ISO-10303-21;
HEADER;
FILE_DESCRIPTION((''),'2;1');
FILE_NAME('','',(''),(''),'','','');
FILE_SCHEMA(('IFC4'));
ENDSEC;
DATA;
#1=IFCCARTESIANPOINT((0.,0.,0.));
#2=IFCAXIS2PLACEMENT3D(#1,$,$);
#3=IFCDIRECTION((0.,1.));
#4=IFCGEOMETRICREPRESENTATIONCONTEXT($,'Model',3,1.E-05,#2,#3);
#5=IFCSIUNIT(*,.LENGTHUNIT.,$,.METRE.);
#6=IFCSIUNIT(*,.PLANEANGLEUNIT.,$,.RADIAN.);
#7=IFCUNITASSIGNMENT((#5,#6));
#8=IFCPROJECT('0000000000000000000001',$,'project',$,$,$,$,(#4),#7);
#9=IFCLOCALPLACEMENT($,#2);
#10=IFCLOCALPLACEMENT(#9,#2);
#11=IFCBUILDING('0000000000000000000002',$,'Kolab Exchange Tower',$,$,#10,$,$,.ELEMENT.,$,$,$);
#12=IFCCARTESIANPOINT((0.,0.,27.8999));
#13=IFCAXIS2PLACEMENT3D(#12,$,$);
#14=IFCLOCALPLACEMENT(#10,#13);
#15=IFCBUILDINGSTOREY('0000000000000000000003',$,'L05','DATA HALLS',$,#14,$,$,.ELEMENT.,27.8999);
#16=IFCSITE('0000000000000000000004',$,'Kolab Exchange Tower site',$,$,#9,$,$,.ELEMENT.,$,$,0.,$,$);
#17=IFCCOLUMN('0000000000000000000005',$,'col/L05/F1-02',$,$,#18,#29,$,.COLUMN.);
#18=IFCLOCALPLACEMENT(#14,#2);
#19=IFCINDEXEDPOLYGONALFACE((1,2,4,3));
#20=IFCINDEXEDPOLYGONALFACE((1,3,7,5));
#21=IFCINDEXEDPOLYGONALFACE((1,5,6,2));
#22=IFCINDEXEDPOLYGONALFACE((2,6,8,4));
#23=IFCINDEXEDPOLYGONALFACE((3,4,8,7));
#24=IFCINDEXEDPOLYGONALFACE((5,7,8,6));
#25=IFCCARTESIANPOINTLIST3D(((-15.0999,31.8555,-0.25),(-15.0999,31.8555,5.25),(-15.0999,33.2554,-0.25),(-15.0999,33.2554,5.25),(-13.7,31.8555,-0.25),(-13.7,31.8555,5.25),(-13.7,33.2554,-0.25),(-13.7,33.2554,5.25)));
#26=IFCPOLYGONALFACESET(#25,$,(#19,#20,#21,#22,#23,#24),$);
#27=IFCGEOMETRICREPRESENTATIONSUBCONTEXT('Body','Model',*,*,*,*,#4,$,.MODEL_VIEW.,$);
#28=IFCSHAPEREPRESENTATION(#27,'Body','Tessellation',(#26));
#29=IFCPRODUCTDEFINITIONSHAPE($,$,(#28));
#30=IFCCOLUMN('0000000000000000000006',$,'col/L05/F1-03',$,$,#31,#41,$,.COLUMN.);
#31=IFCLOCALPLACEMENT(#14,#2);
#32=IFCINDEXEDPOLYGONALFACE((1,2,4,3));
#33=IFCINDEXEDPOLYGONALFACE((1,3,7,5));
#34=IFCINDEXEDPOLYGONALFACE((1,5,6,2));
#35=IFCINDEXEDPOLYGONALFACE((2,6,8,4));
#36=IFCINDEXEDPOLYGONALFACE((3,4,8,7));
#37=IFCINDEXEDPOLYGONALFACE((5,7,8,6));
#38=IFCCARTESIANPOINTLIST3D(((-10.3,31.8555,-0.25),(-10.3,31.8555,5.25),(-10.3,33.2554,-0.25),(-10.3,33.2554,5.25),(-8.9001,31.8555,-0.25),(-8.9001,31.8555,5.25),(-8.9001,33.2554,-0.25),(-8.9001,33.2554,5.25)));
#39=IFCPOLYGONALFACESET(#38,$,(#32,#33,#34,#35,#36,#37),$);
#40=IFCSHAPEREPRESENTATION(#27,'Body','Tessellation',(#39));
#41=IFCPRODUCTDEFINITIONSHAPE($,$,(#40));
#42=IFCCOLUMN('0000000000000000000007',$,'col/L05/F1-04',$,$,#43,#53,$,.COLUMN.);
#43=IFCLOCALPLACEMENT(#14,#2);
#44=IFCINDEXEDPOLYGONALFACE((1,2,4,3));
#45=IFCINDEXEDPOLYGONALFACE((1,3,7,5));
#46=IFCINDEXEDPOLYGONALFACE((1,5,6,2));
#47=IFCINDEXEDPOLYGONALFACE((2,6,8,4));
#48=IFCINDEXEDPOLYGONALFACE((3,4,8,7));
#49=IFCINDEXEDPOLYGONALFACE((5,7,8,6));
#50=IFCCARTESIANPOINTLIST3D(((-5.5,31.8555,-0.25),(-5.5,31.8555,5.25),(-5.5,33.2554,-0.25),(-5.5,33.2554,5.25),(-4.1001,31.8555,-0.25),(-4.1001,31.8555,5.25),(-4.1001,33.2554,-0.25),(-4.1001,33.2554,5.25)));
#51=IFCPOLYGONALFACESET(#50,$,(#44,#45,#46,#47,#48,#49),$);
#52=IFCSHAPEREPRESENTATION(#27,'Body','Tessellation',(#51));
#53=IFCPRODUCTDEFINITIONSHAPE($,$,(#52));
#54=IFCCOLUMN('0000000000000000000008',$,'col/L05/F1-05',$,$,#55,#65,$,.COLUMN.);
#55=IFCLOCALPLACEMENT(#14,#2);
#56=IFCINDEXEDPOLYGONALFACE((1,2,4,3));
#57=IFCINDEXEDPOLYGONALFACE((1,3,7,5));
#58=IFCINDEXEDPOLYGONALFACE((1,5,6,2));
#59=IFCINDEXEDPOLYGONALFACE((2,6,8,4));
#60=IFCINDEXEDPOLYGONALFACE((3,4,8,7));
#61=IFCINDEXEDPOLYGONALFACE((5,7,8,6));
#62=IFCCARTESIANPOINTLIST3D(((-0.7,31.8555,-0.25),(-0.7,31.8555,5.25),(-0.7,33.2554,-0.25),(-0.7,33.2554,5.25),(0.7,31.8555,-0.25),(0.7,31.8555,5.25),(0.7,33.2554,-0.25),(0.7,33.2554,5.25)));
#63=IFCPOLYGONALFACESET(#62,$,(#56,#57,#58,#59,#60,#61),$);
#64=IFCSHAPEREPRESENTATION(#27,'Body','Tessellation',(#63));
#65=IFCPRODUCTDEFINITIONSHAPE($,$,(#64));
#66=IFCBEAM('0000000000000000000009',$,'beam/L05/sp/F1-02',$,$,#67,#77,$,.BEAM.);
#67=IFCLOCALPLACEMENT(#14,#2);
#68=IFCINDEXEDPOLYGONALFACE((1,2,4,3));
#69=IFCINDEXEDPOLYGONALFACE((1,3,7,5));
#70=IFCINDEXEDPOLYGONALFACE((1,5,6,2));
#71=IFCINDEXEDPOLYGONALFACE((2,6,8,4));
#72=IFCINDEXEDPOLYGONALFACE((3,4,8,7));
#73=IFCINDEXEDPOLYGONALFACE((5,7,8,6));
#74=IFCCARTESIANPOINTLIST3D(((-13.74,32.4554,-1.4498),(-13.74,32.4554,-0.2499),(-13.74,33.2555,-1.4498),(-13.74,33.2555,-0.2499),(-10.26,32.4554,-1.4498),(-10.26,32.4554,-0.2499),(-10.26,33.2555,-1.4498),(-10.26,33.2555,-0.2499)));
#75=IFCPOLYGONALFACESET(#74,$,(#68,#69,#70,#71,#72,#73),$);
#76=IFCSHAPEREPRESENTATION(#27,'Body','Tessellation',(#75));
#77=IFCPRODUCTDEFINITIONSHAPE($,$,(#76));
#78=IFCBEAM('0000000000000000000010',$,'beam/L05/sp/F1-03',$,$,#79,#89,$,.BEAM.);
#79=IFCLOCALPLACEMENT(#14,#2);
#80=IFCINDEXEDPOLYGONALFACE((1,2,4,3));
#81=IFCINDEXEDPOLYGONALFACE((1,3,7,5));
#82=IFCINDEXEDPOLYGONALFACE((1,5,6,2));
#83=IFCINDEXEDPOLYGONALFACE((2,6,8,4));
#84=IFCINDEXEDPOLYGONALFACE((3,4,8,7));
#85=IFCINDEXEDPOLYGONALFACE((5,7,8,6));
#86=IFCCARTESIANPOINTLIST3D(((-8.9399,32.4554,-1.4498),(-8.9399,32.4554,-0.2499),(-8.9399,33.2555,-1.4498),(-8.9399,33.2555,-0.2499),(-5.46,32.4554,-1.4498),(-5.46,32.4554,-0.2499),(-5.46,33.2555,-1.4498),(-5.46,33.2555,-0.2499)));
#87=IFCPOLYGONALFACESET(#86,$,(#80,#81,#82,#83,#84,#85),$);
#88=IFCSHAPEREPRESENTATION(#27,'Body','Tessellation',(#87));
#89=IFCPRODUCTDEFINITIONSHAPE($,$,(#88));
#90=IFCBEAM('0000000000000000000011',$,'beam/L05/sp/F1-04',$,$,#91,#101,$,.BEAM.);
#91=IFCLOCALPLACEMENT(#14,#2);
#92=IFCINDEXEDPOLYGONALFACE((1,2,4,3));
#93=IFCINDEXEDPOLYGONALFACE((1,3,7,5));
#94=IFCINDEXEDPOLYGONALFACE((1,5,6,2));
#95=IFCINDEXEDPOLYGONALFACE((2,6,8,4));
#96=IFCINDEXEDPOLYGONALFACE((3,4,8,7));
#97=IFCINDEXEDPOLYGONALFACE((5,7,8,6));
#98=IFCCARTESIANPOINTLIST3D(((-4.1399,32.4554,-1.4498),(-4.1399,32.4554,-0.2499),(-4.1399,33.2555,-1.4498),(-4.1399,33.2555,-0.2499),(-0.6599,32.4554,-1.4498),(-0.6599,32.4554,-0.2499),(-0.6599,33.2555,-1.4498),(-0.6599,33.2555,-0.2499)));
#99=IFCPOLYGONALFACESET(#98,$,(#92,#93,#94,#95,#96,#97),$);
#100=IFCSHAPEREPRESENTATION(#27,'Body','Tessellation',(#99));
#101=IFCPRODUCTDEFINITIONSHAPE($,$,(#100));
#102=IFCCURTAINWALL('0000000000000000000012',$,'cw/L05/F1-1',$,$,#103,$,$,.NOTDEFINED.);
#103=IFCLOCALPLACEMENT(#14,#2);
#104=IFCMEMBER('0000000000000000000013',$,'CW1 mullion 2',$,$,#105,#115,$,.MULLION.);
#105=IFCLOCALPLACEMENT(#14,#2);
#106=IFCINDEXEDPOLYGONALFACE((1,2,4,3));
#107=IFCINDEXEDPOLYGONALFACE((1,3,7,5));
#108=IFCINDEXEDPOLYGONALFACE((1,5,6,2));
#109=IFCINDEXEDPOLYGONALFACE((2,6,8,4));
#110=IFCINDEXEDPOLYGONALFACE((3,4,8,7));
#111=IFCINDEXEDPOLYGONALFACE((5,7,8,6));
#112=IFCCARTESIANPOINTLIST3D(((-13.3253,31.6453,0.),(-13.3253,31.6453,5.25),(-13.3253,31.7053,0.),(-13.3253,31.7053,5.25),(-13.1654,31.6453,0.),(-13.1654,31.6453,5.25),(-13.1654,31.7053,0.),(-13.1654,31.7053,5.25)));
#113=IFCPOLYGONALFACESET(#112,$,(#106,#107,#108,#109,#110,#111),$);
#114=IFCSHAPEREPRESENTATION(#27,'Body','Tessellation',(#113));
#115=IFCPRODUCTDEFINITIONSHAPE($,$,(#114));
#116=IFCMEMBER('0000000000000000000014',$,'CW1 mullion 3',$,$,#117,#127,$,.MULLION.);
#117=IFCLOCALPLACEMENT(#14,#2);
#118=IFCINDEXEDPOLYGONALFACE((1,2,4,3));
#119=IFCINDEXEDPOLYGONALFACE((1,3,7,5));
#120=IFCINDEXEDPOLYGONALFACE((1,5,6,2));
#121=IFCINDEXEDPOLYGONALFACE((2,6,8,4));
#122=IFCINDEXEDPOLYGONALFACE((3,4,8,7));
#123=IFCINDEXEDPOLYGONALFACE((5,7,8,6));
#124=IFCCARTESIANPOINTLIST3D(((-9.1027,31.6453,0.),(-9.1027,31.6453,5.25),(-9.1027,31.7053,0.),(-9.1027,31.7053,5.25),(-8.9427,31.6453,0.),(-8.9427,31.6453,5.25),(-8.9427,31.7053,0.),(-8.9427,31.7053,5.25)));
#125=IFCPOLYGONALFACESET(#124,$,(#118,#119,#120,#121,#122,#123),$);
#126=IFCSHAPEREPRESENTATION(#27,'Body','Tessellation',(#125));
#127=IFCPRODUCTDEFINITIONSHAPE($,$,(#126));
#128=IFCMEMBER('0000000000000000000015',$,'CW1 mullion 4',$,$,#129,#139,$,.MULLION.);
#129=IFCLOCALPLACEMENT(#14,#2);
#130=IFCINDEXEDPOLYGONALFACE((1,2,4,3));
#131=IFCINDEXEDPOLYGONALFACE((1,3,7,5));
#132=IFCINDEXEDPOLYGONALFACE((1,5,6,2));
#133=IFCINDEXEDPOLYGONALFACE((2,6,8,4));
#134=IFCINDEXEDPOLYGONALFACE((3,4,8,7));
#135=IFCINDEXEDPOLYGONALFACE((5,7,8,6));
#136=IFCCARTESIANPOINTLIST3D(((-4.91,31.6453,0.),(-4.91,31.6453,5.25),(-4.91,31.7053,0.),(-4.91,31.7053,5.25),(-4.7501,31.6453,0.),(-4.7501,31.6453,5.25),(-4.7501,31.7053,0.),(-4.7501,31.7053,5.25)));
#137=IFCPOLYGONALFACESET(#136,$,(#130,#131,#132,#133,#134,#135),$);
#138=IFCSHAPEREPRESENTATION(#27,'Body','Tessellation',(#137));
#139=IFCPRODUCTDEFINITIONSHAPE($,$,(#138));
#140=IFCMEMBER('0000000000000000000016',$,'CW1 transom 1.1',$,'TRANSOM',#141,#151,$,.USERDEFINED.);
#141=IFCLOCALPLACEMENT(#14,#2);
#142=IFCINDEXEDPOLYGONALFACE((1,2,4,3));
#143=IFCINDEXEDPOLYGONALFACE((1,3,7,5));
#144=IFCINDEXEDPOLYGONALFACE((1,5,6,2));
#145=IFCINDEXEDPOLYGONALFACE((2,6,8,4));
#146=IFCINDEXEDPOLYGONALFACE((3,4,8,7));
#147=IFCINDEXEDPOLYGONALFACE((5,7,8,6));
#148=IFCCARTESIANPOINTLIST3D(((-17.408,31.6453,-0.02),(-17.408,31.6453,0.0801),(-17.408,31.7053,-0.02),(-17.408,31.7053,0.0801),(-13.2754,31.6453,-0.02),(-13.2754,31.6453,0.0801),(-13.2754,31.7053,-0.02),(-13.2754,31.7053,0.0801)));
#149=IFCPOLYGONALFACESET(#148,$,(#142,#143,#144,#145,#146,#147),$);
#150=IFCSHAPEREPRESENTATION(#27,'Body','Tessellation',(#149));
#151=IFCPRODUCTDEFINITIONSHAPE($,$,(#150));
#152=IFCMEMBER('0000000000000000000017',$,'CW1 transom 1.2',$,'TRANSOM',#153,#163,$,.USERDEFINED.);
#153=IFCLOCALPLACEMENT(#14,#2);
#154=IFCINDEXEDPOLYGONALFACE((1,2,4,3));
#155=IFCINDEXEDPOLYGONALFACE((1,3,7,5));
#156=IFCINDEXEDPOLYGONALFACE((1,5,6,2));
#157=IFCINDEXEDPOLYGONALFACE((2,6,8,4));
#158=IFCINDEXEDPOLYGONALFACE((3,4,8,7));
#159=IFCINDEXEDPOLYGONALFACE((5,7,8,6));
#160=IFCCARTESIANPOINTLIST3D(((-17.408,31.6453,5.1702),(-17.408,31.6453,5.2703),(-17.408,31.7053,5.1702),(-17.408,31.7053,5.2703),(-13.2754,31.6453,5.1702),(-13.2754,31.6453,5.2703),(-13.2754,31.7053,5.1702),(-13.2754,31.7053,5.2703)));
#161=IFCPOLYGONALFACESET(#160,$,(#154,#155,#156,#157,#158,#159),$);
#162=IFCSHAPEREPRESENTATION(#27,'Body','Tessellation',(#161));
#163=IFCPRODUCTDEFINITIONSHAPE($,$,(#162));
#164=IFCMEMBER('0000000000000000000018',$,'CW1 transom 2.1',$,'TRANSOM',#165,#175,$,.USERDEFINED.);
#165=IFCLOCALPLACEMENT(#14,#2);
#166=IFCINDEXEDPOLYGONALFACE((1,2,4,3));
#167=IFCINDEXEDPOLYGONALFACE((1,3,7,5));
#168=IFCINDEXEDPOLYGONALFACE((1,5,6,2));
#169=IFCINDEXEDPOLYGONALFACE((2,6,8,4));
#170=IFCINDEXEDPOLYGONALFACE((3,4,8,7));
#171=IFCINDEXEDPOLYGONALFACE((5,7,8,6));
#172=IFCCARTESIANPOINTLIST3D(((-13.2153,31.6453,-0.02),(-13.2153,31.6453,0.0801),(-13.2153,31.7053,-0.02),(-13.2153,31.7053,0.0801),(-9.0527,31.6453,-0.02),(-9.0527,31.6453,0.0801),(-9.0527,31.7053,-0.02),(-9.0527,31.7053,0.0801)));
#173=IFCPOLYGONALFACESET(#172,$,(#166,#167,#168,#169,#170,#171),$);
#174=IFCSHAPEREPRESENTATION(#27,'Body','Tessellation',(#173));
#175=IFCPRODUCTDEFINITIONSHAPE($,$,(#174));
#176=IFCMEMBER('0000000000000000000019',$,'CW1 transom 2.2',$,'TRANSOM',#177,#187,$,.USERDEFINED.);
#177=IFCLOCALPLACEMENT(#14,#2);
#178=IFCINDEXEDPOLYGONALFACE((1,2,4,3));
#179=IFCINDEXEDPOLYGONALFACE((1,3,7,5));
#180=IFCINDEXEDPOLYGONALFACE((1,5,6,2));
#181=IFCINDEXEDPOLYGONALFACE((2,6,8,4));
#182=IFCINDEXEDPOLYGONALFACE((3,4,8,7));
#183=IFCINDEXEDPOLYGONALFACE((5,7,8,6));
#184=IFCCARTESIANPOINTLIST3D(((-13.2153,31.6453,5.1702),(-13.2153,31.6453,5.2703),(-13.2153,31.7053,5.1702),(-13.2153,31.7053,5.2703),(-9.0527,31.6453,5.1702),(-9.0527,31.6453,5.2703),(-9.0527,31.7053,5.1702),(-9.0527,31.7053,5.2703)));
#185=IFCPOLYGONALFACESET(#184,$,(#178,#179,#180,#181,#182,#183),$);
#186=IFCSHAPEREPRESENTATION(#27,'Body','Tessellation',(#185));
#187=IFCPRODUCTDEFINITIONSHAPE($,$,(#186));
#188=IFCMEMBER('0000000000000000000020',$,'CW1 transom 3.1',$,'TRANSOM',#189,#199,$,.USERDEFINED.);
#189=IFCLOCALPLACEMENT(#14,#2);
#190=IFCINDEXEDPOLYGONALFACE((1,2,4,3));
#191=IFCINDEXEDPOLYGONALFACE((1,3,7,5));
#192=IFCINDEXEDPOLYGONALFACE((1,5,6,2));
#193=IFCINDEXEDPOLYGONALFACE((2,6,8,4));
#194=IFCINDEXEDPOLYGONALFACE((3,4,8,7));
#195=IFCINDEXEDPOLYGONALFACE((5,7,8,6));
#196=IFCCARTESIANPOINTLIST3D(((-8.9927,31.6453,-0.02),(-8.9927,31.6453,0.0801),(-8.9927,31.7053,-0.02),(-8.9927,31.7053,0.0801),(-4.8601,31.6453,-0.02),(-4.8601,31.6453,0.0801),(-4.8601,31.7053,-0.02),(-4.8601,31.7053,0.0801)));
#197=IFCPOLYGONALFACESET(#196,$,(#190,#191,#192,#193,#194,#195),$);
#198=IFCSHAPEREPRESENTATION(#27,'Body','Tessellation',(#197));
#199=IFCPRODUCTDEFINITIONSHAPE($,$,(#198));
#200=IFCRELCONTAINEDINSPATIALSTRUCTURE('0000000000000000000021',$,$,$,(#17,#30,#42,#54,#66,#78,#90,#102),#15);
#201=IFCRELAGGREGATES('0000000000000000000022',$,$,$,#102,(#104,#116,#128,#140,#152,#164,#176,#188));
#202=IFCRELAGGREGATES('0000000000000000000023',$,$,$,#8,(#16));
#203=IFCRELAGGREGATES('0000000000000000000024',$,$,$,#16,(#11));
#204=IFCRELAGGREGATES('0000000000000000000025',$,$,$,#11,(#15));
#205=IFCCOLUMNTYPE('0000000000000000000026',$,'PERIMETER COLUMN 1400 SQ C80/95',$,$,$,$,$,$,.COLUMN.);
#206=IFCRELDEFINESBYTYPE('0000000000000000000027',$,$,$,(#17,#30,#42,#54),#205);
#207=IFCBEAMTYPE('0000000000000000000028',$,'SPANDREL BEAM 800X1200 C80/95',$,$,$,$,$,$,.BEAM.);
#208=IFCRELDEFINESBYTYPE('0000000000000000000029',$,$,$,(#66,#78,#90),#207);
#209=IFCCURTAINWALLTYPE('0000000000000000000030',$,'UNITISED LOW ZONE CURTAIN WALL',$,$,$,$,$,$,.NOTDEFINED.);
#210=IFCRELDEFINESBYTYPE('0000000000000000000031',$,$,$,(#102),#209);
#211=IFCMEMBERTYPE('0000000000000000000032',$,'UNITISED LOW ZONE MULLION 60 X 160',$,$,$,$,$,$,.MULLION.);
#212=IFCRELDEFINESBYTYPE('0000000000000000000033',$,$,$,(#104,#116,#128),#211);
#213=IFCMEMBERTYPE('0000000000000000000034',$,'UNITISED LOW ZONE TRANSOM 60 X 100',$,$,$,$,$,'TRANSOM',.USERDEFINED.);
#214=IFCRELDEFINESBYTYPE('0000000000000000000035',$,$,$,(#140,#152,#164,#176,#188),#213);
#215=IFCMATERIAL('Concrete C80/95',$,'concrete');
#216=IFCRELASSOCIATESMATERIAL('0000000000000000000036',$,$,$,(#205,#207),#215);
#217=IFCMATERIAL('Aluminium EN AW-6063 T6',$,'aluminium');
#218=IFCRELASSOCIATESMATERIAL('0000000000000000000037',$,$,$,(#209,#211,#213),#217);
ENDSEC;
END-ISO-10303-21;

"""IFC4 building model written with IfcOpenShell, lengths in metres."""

from ifc_helpers import new_model, si_unit, direction, frame, origin, origin_2d, place, context, subcontext, project, spatial, rectangle, extrude, material, material_profile, profile_set, type_object, element, aggregate, save


model = new_model("IFC4")

# Units and contexts
model_context = context("Model", 3, precision=1e-05, world=origin(), true_north=direction((0.0, 1.0)))
body_context = subcontext(model_context, "Body", "Model", "MODEL_VIEW")
ifc_project = project(units=[si_unit("LENGTHUNIT", "METRE"), si_unit("PLANEANGLEUNIT", "RADIAN")], contexts=[model_context])

# Site, building, storey
site_placement = place(None, origin())
site = spatial("IfcSite", under=ifc_project, at=site_placement, Name="Kolab Exchange Tower site", CompositionType="ELEMENT", RefElevation=0.0)
building_placement = place(site_placement, origin())
building = spatial("IfcBuilding", under=site, at=building_placement, Name="Kolab Exchange Tower", CompositionType="ELEMENT")
storey_placement = place(building_placement, frame((0.0, 0.0, 27.8999)))
storey = spatial("IfcBuildingStorey", under=building, at=storey_placement, Name="L05", Description="DATA HALLS", CompositionType="ELEMENT", Elevation=27.8999)

# Columns
ifc_material_1 = material(Name="Concrete C80/95", Category="concrete")
ifc_material_profile_1 = material_profile(ifc_material_1, rectangle(XDim=1.3999, YDim=1.3999, at=origin_2d()), Name="RC1400")
ifc_profile_set_1 = profile_set([ifc_material_profile_1], Name="Concrete C80/95")
column_type = type_object("IfcColumnType", Name="PERIMETER COLUMN 1400 SQ C80/95", PredefinedType="COLUMN", material=ifc_profile_set_1)
for number, where, z_axis, x_axis, name in (
    (1, (-14.3999, 32.5554, -0.25), (0.0, 0.0, 1.0), (1.0, 0.0, 0.0), "col/L05/F1-02"),
    (2, (-9.6001, 32.5554, -0.25), (0.0, 0.0, 1.0), (1.0, 0.0, 0.0), "col/L05/F1-03"),
    (3, (-4.8, 32.5554, -0.25), (0.0, 0.0, 1.0), (1.0, 0.0, 0.0), "col/L05/F1-04"),
    (4, (0.0, 32.5554, -0.25), (0.0, 0.0, 1.0), (1.0, 0.0, 0.0), "col/L05/F1-05"),
):
    element("IfcColumn", number, at=place(storey_placement, frame(where, z_axis=z_axis, x_axis=x_axis)), inside=storey, type_object=column_type, Name=name, PredefinedType="COLUMN", context=body_context, shape_type="SweptSolid", body=[
        extrude(rectangle(XDim=1.3999, YDim=1.3999, at=origin_2d()), origin(), (0.0, 0.0, 1.0), 5.5),
    ])

# Beams
ifc_material_profile_2 = material_profile(ifc_material_1, rectangle(XDim=0.8, YDim=1.2, at=origin_2d()), Name="RC800X1200")
ifc_profile_set_2 = profile_set([ifc_material_profile_2], Name="Concrete C80/95")
beam_type = type_object("IfcBeamType", Name="SPANDREL BEAM 800X1200 C80/95", PredefinedType="BEAM", material=ifc_profile_set_2)
for number, where, z_axis, x_axis, name in (
    (5, (-13.74, 32.8555, -0.8499), (1.0, 0.0, 0.0), (0.0, 1.0, 0.0), "beam/L05/sp/F1-02"),
    (6, (-8.9399, 32.8555, -0.8499), (1.0, 0.0, 0.0), (0.0, 1.0, 0.0), "beam/L05/sp/F1-03"),
    (7, (-4.1399, 32.8555, -0.8499), (1.0, 0.0, 0.0), (0.0, 1.0, 0.0), "beam/L05/sp/F1-04"),
):
    element("IfcBeam", number, at=place(storey_placement, frame(where, z_axis=z_axis, x_axis=x_axis)), inside=storey, type_object=beam_type, Name=name, PredefinedType="BEAM", context=body_context, shape_type="SweptSolid", body=[
        extrude(rectangle(XDim=0.8, YDim=1.2, at=origin_2d()), origin(), (0.0, 0.0, 1.0), 3.48),
    ])

# Curtain wall, members
ifc_material_2 = material(Name="Aluminium EN AW-6063 T6", Category="aluminium")
curtain_wall_type = type_object("IfcCurtainWallType", Name="UNITISED LOW ZONE CURTAIN WALL", PredefinedType="NOTDEFINED", material=ifc_material_2)
curtain_wall_placement = place(storey_placement, origin())
curtain_wall = element("IfcCurtainWall", 8, at=curtain_wall_placement, inside=storey, type_object=curtain_wall_type, Name="cw/L05/F1-1", PredefinedType="NOTDEFINED")
ifc_material_profile_3 = material_profile(ifc_material_2, rectangle(XDim=0.0601, YDim=0.1599, at=origin_2d()), Name="RECT 60X160")
ifc_profile_set_3 = profile_set([ifc_material_profile_3], Name="Aluminium EN AW-6063 T6")
member_type_1 = type_object("IfcMemberType", Name="UNITISED LOW ZONE MULLION 60 X 160", PredefinedType="MULLION", material=ifc_profile_set_3)
member_1_placement = place(storey_placement, frame((-13.2454, 31.6753, 0.0), z_axis=(0.0, 0.0, 1.0), x_axis=(0.0, 1.0, 0.0)))
member_1 = element("IfcMember", 9, at=member_1_placement, type_object=member_type_1, Name="CW1 mullion 2", PredefinedType="MULLION", context=body_context, shape_type="SweptSolid", body=[
    extrude(rectangle(XDim=0.0601, YDim=0.1599, at=origin_2d()), origin(), (0.0, 0.0, 1.0), 5.25),
])
member_2_placement = place(storey_placement, frame((-9.0227, 31.6753, 0.0), z_axis=(0.0, 0.0, 1.0), x_axis=(0.0, 1.0, 0.0)))
member_2 = element("IfcMember", 10, at=member_2_placement, type_object=member_type_1, Name="CW1 mullion 3", PredefinedType="MULLION", context=body_context, shape_type="SweptSolid", body=[
    extrude(rectangle(XDim=0.0601, YDim=0.1599, at=origin_2d()), origin(), (0.0, 0.0, 1.0), 5.25),
])
member_3_placement = place(storey_placement, frame((-4.8301, 31.6753, 0.0), z_axis=(0.0, 0.0, 1.0), x_axis=(0.0, 1.0, 0.0)))
member_3 = element("IfcMember", 11, at=member_3_placement, type_object=member_type_1, Name="CW1 mullion 4", PredefinedType="MULLION", context=body_context, shape_type="SweptSolid", body=[
    extrude(rectangle(XDim=0.0601, YDim=0.1599, at=origin_2d()), origin(), (0.0, 0.0, 1.0), 5.25),
])
ifc_material_profile_4 = material_profile(ifc_material_2, rectangle(XDim=0.0601, YDim=0.1001, at=origin_2d()), Name="RECT 60X100")
ifc_profile_set_4 = profile_set([ifc_material_profile_4], Name="Aluminium EN AW-6063 T6")
member_type_2 = type_object("IfcMemberType", Name="UNITISED LOW ZONE TRANSOM 60 X 100", ElementType="TRANSOM", PredefinedType="USERDEFINED", material=ifc_profile_set_4)
member_4_placement = place(storey_placement, frame((-17.408, 31.6753, 0.03), z_axis=(1.0, 0.0, 0.0), x_axis=(0.0, 1.0, 0.0)))
member_4 = element("IfcMember", 12, at=member_4_placement, type_object=member_type_2, Name="CW1 transom 1.1", ObjectType="TRANSOM", PredefinedType="USERDEFINED", context=body_context, shape_type="SweptSolid", body=[
    extrude(rectangle(XDim=0.0601, YDim=0.1001, at=origin_2d()), origin(), (0.0, 0.0, 1.0), 4.1326),
])
member_5_placement = place(storey_placement, frame((-17.408, 31.6753, 5.2202), z_axis=(1.0, 0.0, 0.0), x_axis=(0.0, 1.0, 0.0)))
member_5 = element("IfcMember", 13, at=member_5_placement, type_object=member_type_2, Name="CW1 transom 1.2", ObjectType="TRANSOM", PredefinedType="USERDEFINED", context=body_context, shape_type="SweptSolid", body=[
    extrude(rectangle(XDim=0.0601, YDim=0.1001, at=origin_2d()), origin(), (0.0, 0.0, 1.0), 4.1326),
])
member_6_placement = place(storey_placement, frame((-13.2153, 31.6753, 0.03), z_axis=(1.0, 0.0, 0.0), x_axis=(0.0, 1.0, 0.0)))
member_6 = element("IfcMember", 14, at=member_6_placement, type_object=member_type_2, Name="CW1 transom 2.1", ObjectType="TRANSOM", PredefinedType="USERDEFINED", context=body_context, shape_type="SweptSolid", body=[
    extrude(rectangle(XDim=0.0601, YDim=0.1001, at=origin_2d()), origin(), (0.0, 0.0, 1.0), 4.1626),
])
member_7_placement = place(storey_placement, frame((-13.2153, 31.6753, 5.2202), z_axis=(1.0, 0.0, 0.0), x_axis=(0.0, 1.0, 0.0)))
member_7 = element("IfcMember", 15, at=member_7_placement, type_object=member_type_2, Name="CW1 transom 2.2", ObjectType="TRANSOM", PredefinedType="USERDEFINED", context=body_context, shape_type="SweptSolid", body=[
    extrude(rectangle(XDim=0.0601, YDim=0.1001, at=origin_2d()), origin(), (0.0, 0.0, 1.0), 4.1626),
])
member_8_placement = place(storey_placement, frame((-8.9927, 31.6753, 0.03), z_axis=(1.0, 0.0, 0.0), x_axis=(0.0, 1.0, 0.0)))
member_8 = element("IfcMember", 16, at=member_8_placement, type_object=member_type_2, Name="CW1 transom 3.1", ObjectType="TRANSOM", PredefinedType="USERDEFINED", context=body_context, shape_type="SweptSolid", body=[
    extrude(rectangle(XDim=0.0601, YDim=0.1001, at=origin_2d()), origin(), (0.0, 0.0, 1.0), 4.1326),
])
aggregate(curtain_wall, [member_1, member_2, member_3, member_4, member_5, member_6, member_7, member_8])

save(model, "model.ifc")
